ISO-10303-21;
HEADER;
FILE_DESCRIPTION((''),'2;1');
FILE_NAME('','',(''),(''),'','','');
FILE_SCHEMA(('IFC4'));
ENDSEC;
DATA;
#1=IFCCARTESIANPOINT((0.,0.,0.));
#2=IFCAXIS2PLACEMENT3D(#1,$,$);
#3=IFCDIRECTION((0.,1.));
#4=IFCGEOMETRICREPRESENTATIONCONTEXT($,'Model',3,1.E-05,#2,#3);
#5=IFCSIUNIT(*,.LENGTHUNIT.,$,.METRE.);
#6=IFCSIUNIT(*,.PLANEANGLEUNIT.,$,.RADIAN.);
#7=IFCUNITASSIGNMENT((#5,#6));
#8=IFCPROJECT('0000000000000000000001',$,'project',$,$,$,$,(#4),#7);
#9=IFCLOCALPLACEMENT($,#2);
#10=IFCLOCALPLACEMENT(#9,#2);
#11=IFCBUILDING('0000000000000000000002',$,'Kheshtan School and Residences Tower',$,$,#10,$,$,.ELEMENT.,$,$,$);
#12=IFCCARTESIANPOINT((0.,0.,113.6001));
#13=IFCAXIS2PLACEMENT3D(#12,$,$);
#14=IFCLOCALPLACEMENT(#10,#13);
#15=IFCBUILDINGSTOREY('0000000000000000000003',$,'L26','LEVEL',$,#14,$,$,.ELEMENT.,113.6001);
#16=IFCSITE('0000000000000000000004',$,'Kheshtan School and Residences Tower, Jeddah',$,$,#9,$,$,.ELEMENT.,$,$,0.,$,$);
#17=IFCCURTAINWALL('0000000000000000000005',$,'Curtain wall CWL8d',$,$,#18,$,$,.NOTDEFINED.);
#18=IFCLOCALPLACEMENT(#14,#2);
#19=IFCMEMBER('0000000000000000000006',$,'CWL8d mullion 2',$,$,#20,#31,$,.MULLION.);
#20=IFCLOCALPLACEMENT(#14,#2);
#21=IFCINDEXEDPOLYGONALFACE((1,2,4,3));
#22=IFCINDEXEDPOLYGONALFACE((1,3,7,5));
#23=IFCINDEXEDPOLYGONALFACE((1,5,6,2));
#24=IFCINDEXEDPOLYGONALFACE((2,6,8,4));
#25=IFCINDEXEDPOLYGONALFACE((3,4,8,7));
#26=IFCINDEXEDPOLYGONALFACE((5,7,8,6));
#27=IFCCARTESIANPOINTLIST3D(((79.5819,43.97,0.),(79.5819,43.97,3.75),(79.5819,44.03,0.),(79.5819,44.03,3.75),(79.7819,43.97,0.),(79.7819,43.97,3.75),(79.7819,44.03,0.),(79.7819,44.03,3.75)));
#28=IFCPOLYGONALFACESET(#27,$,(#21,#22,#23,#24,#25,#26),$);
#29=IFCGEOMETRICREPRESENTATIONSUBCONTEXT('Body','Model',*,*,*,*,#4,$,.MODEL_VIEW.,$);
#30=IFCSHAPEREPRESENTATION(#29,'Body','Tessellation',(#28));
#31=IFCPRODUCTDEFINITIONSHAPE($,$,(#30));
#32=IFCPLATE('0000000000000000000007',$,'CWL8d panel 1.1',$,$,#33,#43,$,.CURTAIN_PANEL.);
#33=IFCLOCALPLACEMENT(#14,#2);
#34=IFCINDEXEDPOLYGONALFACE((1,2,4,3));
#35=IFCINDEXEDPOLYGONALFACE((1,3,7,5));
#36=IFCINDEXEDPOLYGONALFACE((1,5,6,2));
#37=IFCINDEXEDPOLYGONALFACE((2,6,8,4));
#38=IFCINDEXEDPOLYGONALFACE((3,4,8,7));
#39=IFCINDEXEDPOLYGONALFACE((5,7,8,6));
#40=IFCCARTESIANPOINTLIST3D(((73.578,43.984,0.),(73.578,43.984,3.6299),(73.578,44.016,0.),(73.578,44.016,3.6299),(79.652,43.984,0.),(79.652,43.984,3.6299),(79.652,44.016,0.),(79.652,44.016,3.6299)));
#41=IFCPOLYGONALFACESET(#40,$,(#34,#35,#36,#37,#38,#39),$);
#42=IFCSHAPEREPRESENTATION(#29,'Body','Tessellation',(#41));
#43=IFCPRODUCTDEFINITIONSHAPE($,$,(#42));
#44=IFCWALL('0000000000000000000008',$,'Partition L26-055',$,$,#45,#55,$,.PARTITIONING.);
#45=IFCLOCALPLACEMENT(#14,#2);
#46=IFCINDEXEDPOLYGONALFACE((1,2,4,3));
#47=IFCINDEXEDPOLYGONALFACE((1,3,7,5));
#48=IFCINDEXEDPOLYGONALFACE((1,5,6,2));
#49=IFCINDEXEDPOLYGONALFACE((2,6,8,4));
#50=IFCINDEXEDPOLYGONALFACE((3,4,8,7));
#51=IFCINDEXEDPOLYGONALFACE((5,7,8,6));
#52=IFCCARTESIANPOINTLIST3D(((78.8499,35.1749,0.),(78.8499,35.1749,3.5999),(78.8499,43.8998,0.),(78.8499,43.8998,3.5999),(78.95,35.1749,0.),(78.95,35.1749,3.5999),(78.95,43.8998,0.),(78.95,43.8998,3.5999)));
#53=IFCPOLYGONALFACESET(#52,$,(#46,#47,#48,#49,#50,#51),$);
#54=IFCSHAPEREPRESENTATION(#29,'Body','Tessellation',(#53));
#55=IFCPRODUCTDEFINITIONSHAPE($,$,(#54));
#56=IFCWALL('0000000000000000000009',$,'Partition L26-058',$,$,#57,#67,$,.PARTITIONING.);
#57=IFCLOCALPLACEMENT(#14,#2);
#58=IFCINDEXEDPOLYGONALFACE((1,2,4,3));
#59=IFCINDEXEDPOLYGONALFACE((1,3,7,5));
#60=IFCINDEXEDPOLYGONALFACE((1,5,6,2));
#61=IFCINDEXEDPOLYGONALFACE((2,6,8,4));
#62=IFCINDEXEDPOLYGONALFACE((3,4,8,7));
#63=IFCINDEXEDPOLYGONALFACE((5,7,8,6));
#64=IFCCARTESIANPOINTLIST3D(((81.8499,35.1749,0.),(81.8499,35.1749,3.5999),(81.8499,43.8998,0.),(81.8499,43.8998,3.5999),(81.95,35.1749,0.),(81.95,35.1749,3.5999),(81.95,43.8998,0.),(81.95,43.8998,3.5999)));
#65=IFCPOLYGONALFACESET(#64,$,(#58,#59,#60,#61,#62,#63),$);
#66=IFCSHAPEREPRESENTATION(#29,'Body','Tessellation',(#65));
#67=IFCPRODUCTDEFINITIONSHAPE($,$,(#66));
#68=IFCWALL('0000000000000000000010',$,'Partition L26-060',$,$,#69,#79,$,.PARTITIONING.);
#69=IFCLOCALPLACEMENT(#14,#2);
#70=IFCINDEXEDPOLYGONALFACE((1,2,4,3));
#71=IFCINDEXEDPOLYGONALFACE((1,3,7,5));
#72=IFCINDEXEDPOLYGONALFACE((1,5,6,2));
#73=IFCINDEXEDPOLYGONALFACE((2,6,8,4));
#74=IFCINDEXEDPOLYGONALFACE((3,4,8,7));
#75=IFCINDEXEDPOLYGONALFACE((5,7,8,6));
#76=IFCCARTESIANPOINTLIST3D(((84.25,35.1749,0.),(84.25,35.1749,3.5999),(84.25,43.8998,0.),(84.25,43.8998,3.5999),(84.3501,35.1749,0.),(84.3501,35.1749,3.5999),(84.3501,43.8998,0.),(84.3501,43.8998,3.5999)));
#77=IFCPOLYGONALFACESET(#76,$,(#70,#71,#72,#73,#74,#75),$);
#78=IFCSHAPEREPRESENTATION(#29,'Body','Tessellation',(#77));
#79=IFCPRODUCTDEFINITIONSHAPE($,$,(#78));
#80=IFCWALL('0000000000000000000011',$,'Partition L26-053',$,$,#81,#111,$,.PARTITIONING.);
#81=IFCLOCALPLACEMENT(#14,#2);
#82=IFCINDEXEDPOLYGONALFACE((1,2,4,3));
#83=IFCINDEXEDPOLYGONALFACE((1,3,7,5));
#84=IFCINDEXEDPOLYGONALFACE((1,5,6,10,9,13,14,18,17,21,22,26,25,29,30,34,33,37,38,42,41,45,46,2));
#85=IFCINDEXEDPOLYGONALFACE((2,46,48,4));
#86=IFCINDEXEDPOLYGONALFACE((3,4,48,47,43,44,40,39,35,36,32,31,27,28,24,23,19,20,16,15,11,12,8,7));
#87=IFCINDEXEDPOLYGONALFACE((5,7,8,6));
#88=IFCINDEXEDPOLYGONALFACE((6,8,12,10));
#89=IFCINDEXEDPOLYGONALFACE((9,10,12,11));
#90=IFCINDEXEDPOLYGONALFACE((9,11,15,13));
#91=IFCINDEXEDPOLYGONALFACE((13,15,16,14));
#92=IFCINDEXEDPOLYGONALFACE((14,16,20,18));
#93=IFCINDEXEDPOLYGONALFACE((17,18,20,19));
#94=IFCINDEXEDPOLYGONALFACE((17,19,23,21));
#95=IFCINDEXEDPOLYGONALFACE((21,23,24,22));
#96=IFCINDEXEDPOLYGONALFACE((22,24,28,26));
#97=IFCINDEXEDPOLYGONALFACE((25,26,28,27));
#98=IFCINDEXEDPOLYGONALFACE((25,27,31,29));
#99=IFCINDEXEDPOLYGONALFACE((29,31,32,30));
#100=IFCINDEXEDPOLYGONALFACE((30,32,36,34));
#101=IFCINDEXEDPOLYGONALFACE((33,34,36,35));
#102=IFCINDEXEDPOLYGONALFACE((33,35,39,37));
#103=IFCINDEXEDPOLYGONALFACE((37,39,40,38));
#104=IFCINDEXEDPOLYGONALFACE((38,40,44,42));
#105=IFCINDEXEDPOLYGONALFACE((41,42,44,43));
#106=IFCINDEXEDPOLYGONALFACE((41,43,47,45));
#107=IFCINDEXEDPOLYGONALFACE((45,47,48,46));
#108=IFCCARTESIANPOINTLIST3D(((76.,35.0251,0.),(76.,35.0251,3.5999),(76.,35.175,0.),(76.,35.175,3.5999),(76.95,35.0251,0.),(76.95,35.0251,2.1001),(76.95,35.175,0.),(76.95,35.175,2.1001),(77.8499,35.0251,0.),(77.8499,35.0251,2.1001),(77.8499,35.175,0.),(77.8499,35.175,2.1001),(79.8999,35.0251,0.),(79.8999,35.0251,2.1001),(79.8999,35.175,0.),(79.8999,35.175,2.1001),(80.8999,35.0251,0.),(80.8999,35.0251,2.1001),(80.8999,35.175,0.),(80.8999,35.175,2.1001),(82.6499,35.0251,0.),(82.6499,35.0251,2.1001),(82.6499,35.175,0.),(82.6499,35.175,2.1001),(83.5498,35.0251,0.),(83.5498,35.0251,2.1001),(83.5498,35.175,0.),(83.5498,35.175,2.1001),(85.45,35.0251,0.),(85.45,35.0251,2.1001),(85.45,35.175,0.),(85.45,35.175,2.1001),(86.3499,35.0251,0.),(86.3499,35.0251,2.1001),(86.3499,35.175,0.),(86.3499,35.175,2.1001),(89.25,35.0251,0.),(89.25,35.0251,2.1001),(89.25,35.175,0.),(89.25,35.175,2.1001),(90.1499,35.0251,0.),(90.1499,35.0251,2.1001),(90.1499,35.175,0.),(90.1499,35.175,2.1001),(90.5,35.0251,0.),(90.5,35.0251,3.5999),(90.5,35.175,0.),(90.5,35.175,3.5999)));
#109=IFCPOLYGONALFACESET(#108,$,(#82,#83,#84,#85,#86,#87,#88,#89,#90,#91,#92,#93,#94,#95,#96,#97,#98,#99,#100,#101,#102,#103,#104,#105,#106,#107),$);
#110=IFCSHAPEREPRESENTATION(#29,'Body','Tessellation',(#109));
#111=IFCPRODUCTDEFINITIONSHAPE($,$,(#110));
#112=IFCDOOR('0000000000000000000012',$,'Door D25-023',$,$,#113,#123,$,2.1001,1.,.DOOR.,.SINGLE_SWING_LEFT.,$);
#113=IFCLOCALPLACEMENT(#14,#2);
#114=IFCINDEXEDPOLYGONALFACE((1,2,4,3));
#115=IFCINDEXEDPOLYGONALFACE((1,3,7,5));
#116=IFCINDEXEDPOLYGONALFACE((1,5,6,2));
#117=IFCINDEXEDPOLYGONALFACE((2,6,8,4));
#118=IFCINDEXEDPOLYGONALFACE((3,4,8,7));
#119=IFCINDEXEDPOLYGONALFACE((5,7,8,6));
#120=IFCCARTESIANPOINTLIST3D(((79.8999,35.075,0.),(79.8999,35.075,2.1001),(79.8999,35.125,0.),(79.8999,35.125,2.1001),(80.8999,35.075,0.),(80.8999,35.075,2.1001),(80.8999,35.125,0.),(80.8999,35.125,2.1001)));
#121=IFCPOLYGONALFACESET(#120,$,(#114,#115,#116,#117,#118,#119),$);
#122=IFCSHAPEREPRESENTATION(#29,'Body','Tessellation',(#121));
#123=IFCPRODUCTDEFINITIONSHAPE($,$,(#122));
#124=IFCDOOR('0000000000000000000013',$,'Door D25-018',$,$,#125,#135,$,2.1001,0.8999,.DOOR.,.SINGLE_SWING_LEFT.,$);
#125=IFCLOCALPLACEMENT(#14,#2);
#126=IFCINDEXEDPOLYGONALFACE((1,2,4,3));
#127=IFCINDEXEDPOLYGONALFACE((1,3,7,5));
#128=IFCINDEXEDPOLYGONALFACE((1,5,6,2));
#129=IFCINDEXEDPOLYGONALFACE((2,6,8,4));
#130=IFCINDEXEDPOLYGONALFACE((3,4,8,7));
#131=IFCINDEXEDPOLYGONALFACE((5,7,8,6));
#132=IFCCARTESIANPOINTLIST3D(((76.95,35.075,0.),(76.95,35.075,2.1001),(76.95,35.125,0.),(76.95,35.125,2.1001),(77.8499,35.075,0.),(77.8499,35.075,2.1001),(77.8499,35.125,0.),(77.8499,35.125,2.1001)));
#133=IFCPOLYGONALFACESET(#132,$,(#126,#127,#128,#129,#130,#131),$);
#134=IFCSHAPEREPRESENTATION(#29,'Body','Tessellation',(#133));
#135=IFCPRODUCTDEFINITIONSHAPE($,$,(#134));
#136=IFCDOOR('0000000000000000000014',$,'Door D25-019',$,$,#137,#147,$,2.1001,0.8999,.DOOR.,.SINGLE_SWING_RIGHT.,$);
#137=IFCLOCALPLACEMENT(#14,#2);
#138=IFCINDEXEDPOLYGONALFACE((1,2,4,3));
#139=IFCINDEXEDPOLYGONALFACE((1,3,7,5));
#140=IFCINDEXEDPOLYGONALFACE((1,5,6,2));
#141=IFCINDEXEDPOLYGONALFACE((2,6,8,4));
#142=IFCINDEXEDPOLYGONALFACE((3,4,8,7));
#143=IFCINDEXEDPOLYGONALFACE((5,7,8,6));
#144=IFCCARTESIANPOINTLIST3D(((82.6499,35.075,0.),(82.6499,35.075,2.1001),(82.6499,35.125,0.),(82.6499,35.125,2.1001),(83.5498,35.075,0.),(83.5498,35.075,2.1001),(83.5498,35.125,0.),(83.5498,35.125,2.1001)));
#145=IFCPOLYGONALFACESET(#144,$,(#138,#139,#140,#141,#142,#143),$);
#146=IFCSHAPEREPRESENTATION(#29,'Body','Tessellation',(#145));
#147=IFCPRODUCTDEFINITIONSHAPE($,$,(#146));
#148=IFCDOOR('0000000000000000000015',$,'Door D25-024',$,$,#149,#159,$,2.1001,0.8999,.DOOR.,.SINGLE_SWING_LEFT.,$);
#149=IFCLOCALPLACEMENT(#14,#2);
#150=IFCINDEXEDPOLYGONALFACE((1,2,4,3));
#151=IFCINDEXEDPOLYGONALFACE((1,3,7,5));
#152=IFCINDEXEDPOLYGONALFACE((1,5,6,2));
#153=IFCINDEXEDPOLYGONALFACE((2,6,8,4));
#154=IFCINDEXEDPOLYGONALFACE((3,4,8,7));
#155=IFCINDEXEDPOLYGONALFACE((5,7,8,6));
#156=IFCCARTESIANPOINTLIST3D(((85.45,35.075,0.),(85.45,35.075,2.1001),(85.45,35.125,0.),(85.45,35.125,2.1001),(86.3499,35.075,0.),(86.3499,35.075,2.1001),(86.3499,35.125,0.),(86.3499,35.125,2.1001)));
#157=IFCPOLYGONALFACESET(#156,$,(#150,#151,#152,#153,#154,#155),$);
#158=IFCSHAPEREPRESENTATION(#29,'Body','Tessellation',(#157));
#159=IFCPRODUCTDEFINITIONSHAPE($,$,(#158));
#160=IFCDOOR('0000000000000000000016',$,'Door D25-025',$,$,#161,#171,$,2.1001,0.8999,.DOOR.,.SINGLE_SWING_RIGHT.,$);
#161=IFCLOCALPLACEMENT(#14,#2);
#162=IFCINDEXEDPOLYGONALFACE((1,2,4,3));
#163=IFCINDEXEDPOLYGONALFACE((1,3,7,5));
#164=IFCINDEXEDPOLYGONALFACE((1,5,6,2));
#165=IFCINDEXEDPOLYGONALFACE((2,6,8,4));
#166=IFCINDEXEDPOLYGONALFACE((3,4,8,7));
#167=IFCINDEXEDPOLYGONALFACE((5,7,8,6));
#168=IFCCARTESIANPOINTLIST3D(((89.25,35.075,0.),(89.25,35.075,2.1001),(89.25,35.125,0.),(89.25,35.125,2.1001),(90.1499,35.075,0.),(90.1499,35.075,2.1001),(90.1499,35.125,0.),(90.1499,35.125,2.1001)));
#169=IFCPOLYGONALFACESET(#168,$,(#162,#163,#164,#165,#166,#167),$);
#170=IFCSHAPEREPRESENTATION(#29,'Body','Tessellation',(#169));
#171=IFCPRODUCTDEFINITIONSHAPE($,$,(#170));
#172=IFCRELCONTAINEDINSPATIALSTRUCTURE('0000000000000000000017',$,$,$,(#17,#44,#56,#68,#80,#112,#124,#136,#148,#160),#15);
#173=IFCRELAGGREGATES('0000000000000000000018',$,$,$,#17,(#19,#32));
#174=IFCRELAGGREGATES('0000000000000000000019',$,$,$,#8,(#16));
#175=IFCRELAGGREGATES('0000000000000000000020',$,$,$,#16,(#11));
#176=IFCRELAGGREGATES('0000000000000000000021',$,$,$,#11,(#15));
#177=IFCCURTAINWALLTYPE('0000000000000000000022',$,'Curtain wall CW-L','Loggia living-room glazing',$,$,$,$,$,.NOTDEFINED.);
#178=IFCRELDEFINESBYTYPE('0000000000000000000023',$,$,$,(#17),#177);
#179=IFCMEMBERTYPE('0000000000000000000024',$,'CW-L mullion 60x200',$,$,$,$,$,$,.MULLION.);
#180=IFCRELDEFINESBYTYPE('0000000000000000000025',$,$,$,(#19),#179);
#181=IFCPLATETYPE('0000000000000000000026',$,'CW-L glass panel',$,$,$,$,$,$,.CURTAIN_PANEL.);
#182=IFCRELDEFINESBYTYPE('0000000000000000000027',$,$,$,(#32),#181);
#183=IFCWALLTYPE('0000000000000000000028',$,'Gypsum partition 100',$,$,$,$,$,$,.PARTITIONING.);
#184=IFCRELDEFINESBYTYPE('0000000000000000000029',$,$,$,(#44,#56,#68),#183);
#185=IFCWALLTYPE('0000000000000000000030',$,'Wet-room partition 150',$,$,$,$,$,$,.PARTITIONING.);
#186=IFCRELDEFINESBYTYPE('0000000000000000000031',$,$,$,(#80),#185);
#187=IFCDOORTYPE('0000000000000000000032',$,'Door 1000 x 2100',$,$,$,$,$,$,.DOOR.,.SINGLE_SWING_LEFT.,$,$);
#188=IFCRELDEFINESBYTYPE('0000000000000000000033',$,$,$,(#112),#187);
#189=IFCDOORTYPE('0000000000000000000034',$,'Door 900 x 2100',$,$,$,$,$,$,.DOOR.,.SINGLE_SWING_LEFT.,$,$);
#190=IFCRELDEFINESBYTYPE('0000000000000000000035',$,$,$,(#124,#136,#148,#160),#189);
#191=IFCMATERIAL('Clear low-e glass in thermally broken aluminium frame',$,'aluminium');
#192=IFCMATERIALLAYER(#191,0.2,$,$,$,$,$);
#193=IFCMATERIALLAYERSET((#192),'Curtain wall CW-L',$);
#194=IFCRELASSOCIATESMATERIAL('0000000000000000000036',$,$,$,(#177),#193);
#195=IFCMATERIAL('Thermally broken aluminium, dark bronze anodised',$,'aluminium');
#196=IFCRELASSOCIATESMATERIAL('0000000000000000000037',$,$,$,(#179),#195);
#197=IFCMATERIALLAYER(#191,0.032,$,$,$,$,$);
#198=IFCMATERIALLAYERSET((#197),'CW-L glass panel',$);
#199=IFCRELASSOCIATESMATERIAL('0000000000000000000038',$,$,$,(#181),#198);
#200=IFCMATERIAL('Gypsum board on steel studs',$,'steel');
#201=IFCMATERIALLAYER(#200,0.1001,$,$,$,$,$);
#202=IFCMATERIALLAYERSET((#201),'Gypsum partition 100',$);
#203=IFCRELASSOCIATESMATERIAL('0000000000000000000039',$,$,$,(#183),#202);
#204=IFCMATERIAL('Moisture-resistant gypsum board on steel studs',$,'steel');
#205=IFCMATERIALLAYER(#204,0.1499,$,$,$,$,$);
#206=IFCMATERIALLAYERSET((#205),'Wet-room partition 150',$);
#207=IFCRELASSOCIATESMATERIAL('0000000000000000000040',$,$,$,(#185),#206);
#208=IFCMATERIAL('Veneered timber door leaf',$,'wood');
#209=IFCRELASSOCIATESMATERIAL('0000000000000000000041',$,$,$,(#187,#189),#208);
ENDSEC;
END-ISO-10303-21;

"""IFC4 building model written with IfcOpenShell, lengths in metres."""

from ifc_helpers import new_model, si_unit, direction, frame, frame_2d, origin, origin_2d, place, context, subcontext, project, spatial, rectangle, extrude, source, transform, mapped, material, layer, layer_set, material_profile, profile_set, type_object, element, fill, aggregate, save


model = new_model("IFC4")

# Units and contexts
model_context = context("Model", 3, precision=1e-05, world=origin(), true_north=direction((0.0, 1.0)))
body_context = subcontext(model_context, "Body", "Model", "MODEL_VIEW")
ifc_project = project(units=[si_unit("LENGTHUNIT", "METRE"), si_unit("PLANEANGLEUNIT", "RADIAN")], contexts=[model_context])

# Site, building, storey
site_placement = place(None, origin())
site = spatial("IfcSite", under=ifc_project, at=site_placement, Name="Kheshtan School and Residences Tower, Jeddah", CompositionType="ELEMENT", RefElevation=0.0)
building_placement = place(site_placement, origin())
building = spatial("IfcBuilding", under=site, at=building_placement, Name="Kheshtan School and Residences Tower", CompositionType="ELEMENT")
storey_placement = place(building_placement, frame((0.0, 0.0, 113.6001)))
storey = spatial("IfcBuildingStorey", under=building, at=storey_placement, Name="L26", Description="LEVEL", CompositionType="ELEMENT", Elevation=113.6001)

# Curtain wall, member, plate
ifc_material_1 = material(Name="Clear low-e glass in thermally broken aluminium frame", Category="aluminium")
ifc_layer_1 = layer(ifc_material_1, 0.2)
ifc_layer_set_1 = layer_set([ifc_layer_1], Name="Curtain wall CW-L")
curtain_wall_type = type_object("IfcCurtainWallType", Name="Curtain wall CW-L", Description="Loggia living-room glazing", PredefinedType="NOTDEFINED", material=ifc_layer_set_1)
curtain_wall_placement = place(storey_placement, origin())
curtain_wall = element("IfcCurtainWall", 1, at=curtain_wall_placement, inside=storey, type_object=curtain_wall_type, Name="Curtain wall CWL8d", PredefinedType="NOTDEFINED")
ifc_material_2 = material(Name="Thermally broken aluminium, dark bronze anodised", Category="aluminium")
ifc_material_profile_1 = material_profile(ifc_material_2, rectangle(XDim=0.0601, YDim=0.2, at=origin_2d()), Name="CW-L mullion 60x200")
ifc_profile_set_1 = profile_set([ifc_material_profile_1], Name="Thermally broken aluminium, dark bronze anodised")
member_type = type_object("IfcMemberType", Name="CW-L mullion 60x200", PredefinedType="MULLION", material=ifc_profile_set_1)
member_placement = place(storey_placement, frame((79.6819, 44.0, 0.0), z_axis=(0.0, 0.0, 1.0), x_axis=(0.0, 1.0, 0.0)))
member = element("IfcMember", 2, at=member_placement, type_object=member_type, Name="CWL8d mullion 2", PredefinedType="MULLION", context=body_context, shape_type="SweptSolid", body=[
    extrude(rectangle(XDim=0.0601, YDim=0.2, at=origin_2d()), origin(), (0.0, 0.0, 1.0), 3.75),
])
ifc_layer_2 = layer(ifc_material_1, 0.032)
ifc_layer_set_2 = layer_set([ifc_layer_2], Name="CW-L glass panel")
plate_type = type_object("IfcPlateType", Name="CW-L glass panel", PredefinedType="CURTAIN_PANEL", material=ifc_layer_set_2)
plate_placement = place(storey_placement, frame((76.615, 44.0, 0.0), z_axis=(0.0, 0.0, 1.0), x_axis=(1.0, 0.0, 0.0)))
plate = element("IfcPlate", 3, at=plate_placement, type_object=plate_type, Name="CWL8d panel 1.1", PredefinedType="CURTAIN_PANEL", context=body_context, shape_type="SweptSolid", body=[
    extrude(rectangle(XDim=6.074, YDim=0.032, at=origin_2d()), origin(), (0.0, 0.0, 1.0), 3.6299),
])
aggregate(curtain_wall, [member, plate])

# Walls
ifc_material_3 = material(Name="Gypsum board on steel studs", Category="steel")
ifc_layer_3 = layer(ifc_material_3, 0.1001)
ifc_layer_set_3 = layer_set([ifc_layer_3], Name="Gypsum partition 100")
wall_type_1 = type_object("IfcWallType", Name="Gypsum partition 100", PredefinedType="PARTITIONING", material=ifc_layer_set_3)
for number, where, z_axis, x_axis, name in (
    (4, (78.8999, 35.175, 0.0), (0.0, 0.0, 1.0), (0.0, 1.0, 0.0), "Partition L26-055"),
    (5, (81.8999, 35.175, 0.0), (0.0, 0.0, 1.0), (0.0, 1.0, 0.0), "Partition L26-058"),
    (6, (84.3, 35.175, 0.0), (0.0, 0.0, 1.0), (0.0, 1.0, 0.0), "Partition L26-060"),
):
    element("IfcWall", number, at=place(storey_placement, frame(where, z_axis=z_axis, x_axis=x_axis)), inside=storey, type_object=wall_type_1, Name=name, PredefinedType="PARTITIONING", context=body_context, shape_type="SweptSolid", body=[
        extrude(rectangle(XDim=8.7249, YDim=0.1001, at=frame_2d((4.3623, 0.0))), origin(), (0.0, 0.0, 1.0), 3.5999),
    ])

# Wall, openings, doors
ifc_material_4 = material(Name="Moisture-resistant gypsum board on steel studs", Category="steel")
ifc_layer_4 = layer(ifc_material_4, 0.1499)
ifc_layer_set_4 = layer_set([ifc_layer_4], Name="Wet-room partition 150")
wall_type_2 = type_object("IfcWallType", Name="Wet-room partition 150", PredefinedType="PARTITIONING", material=ifc_layer_set_4)
wall_1_placement = place(storey_placement, frame((76.0, 35.1001, 0.0), z_axis=(0.0, 0.0, 1.0), x_axis=(1.0, 0.0, 0.0)))
wall_1 = element("IfcWall", 7, at=wall_1_placement, inside=storey, type_object=wall_type_2, Name="Partition L26-053", PredefinedType="PARTITIONING", context=body_context, shape_type="SweptSolid", body=[
    extrude(rectangle(XDim=14.5, YDim=0.1499, at=frame_2d((7.25, 0.0))), origin(), (0.0, 0.0, 1.0), 3.5999),
])
opening_1_placement = place(wall_1_placement, frame((0.95, 0.0, 0.0)))
opening_1 = element("IfcOpeningElement", 8, at=opening_1_placement, cuts=wall_1, PredefinedType="OPENING", context=body_context, shape_type="SweptSolid", body=[
    extrude(rectangle(XDim=0.8999, YDim=2.1001, at=frame_2d((0.45, 1.05))), frame((0.0, 0.085, 0.0), z_axis=(0.0, -1.0, 0.0), x_axis=(1.0, 0.0, 0.0)), (0.0, 0.0, 1.0), 0.1699),
])
opening_2_placement = place(wall_1_placement, frame((6.6499, 0.0, 0.0)))
opening_2 = element("IfcOpeningElement", 9, at=opening_2_placement, cuts=wall_1, PredefinedType="OPENING", context=body_context, shape_type="SweptSolid", body=[
    extrude(rectangle(XDim=0.8999, YDim=2.1001, at=frame_2d((0.45, 1.05))), frame((0.0, 0.085, 0.0), z_axis=(0.0, -1.0, 0.0), x_axis=(1.0, 0.0, 0.0)), (0.0, 0.0, 1.0), 0.1699),
])
opening_3_placement = place(wall_1_placement, frame((3.8999, 0.0, 0.0)))
opening_3 = element("IfcOpeningElement", 10, at=opening_3_placement, cuts=wall_1, PredefinedType="OPENING", context=body_context, shape_type="SweptSolid", body=[
    extrude(rectangle(XDim=1.0, YDim=2.1001, at=frame_2d((0.5, 1.05))), frame((0.0, 0.085, 0.0), z_axis=(0.0, -1.0, 0.0), x_axis=(1.0, 0.0, 0.0)), (0.0, 0.0, 1.0), 0.1699),
])
opening_4_placement = place(wall_1_placement, frame((9.45, 0.0, 0.0)))
opening_4 = element("IfcOpeningElement", 11, at=opening_4_placement, cuts=wall_1, PredefinedType="OPENING", context=body_context, shape_type="SweptSolid", body=[
    extrude(rectangle(XDim=0.8999, YDim=2.1001, at=frame_2d((0.45, 1.05))), frame((0.0, 0.085, 0.0), z_axis=(0.0, -1.0, 0.0), x_axis=(1.0, 0.0, 0.0)), (0.0, 0.0, 1.0), 0.1699),
])
opening_5_placement = place(wall_1_placement, frame((13.25, 0.0, 0.0)))
opening_5 = element("IfcOpeningElement", 12, at=opening_5_placement, cuts=wall_1, PredefinedType="OPENING", context=body_context, shape_type="SweptSolid", body=[
    extrude(rectangle(XDim=0.8999, YDim=2.1001, at=frame_2d((0.45, 1.05))), frame((0.0, 0.085, 0.0), z_axis=(0.0, -1.0, 0.0), x_axis=(1.0, 0.0, 0.0)), (0.0, 0.0, 1.0), 0.1699),
])
ifc_material_5 = material(Name="Veneered timber door leaf", Category="wood")
door_type_1 = type_object("IfcDoorType", Name="Door 1000 x 2100", OperationType="SINGLE_SWING_LEFT", PredefinedType="DOOR", material=ifc_material_5)
shared_shape_1 = source(origin(), body_context, "Body", "SweptSolid", [
    extrude(rectangle(XDim=1.0, YDim=2.1001, at=frame_2d((0.5, 1.05))), frame((0.0, 0.0249, 0.0), z_axis=(0.0, -1.0, 0.0), x_axis=(1.0, 0.0, 0.0)), (0.0, 0.0, 1.0), 0.05),
])
door_1_placement = place(opening_3_placement, origin())
door_1 = element("IfcDoor", 13, at=door_1_placement, inside=storey, type_object=door_type_1, Name="Door D25-023", OperationType="SINGLE_SWING_LEFT", OverallHeight=2.1001, OverallWidth=1.0, PredefinedType="DOOR", context=body_context, shape_type="MappedRepresentation", body=[
    mapped(shared_shape_1, transform((0.0, 0.0, 0.0), x_axis=(1.0, 0.0, 0.0), y_axis=(0.0, 1.0, 0.0), z_axis=(0.0, 0.0, 1.0), scale=1.0)),
])
fill(opening_3, door_1)
door_type_2 = type_object("IfcDoorType", Name="Door 900 x 2100", OperationType="SINGLE_SWING_LEFT", PredefinedType="DOOR", material=ifc_material_5)
shared_shape_2 = source(origin(), body_context, "Body", "SweptSolid", [
    extrude(rectangle(XDim=0.8999, YDim=2.1001, at=frame_2d((0.45, 1.05))), frame((0.0, 0.0249, 0.0), z_axis=(0.0, -1.0, 0.0), x_axis=(1.0, 0.0, 0.0)), (0.0, 0.0, 1.0), 0.05),
])
door_2_placement = place(opening_1_placement, origin())
door_2 = element("IfcDoor", 14, at=door_2_placement, inside=storey, type_object=door_type_2, Name="Door D25-018", OperationType="SINGLE_SWING_LEFT", OverallHeight=2.1001, OverallWidth=0.8999, PredefinedType="DOOR", context=body_context, shape_type="MappedRepresentation", body=[
    mapped(shared_shape_2, transform((0.0, 0.0, 0.0), x_axis=(1.0, 0.0, 0.0), y_axis=(0.0, 1.0, 0.0), z_axis=(0.0, 0.0, 1.0), scale=1.0)),
])
fill(opening_1, door_2)
door_3_placement = place(opening_2_placement, origin())
door_3 = element("IfcDoor", 15, at=door_3_placement, inside=storey, type_object=door_type_2, Name="Door D25-019", OperationType="SINGLE_SWING_RIGHT", OverallHeight=2.1001, OverallWidth=0.8999, PredefinedType="DOOR", context=body_context, shape_type="MappedRepresentation", body=[
    mapped(shared_shape_2, transform((0.0, 0.0, 0.0), x_axis=(1.0, 0.0, 0.0), y_axis=(0.0, 1.0, 0.0), z_axis=(0.0, 0.0, 1.0), scale=1.0)),
])
fill(opening_2, door_3)
door_4_placement = place(opening_4_placement, origin())
door_4 = element("IfcDoor", 16, at=door_4_placement, inside=storey, type_object=door_type_2, Name="Door D25-024", OperationType="SINGLE_SWING_LEFT", OverallHeight=2.1001, OverallWidth=0.8999, PredefinedType="DOOR", context=body_context, shape_type="MappedRepresentation", body=[
    mapped(shared_shape_2, transform((0.0, 0.0, 0.0), x_axis=(1.0, 0.0, 0.0), y_axis=(0.0, 1.0, 0.0), z_axis=(0.0, 0.0, 1.0), scale=1.0)),
])
fill(opening_4, door_4)
door_5_placement = place(opening_5_placement, origin())
door_5 = element("IfcDoor", 17, at=door_5_placement, inside=storey, type_object=door_type_2, Name="Door D25-025", OperationType="SINGLE_SWING_RIGHT", OverallHeight=2.1001, OverallWidth=0.8999, PredefinedType="DOOR", context=body_context, shape_type="MappedRepresentation", body=[
    mapped(shared_shape_2, transform((0.0, 0.0, 0.0), x_axis=(1.0, 0.0, 0.0), y_axis=(0.0, 1.0, 0.0), z_axis=(0.0, 0.0, 1.0), scale=1.0)),
])
fill(opening_5, door_5)

save(model, "model.ifc")
